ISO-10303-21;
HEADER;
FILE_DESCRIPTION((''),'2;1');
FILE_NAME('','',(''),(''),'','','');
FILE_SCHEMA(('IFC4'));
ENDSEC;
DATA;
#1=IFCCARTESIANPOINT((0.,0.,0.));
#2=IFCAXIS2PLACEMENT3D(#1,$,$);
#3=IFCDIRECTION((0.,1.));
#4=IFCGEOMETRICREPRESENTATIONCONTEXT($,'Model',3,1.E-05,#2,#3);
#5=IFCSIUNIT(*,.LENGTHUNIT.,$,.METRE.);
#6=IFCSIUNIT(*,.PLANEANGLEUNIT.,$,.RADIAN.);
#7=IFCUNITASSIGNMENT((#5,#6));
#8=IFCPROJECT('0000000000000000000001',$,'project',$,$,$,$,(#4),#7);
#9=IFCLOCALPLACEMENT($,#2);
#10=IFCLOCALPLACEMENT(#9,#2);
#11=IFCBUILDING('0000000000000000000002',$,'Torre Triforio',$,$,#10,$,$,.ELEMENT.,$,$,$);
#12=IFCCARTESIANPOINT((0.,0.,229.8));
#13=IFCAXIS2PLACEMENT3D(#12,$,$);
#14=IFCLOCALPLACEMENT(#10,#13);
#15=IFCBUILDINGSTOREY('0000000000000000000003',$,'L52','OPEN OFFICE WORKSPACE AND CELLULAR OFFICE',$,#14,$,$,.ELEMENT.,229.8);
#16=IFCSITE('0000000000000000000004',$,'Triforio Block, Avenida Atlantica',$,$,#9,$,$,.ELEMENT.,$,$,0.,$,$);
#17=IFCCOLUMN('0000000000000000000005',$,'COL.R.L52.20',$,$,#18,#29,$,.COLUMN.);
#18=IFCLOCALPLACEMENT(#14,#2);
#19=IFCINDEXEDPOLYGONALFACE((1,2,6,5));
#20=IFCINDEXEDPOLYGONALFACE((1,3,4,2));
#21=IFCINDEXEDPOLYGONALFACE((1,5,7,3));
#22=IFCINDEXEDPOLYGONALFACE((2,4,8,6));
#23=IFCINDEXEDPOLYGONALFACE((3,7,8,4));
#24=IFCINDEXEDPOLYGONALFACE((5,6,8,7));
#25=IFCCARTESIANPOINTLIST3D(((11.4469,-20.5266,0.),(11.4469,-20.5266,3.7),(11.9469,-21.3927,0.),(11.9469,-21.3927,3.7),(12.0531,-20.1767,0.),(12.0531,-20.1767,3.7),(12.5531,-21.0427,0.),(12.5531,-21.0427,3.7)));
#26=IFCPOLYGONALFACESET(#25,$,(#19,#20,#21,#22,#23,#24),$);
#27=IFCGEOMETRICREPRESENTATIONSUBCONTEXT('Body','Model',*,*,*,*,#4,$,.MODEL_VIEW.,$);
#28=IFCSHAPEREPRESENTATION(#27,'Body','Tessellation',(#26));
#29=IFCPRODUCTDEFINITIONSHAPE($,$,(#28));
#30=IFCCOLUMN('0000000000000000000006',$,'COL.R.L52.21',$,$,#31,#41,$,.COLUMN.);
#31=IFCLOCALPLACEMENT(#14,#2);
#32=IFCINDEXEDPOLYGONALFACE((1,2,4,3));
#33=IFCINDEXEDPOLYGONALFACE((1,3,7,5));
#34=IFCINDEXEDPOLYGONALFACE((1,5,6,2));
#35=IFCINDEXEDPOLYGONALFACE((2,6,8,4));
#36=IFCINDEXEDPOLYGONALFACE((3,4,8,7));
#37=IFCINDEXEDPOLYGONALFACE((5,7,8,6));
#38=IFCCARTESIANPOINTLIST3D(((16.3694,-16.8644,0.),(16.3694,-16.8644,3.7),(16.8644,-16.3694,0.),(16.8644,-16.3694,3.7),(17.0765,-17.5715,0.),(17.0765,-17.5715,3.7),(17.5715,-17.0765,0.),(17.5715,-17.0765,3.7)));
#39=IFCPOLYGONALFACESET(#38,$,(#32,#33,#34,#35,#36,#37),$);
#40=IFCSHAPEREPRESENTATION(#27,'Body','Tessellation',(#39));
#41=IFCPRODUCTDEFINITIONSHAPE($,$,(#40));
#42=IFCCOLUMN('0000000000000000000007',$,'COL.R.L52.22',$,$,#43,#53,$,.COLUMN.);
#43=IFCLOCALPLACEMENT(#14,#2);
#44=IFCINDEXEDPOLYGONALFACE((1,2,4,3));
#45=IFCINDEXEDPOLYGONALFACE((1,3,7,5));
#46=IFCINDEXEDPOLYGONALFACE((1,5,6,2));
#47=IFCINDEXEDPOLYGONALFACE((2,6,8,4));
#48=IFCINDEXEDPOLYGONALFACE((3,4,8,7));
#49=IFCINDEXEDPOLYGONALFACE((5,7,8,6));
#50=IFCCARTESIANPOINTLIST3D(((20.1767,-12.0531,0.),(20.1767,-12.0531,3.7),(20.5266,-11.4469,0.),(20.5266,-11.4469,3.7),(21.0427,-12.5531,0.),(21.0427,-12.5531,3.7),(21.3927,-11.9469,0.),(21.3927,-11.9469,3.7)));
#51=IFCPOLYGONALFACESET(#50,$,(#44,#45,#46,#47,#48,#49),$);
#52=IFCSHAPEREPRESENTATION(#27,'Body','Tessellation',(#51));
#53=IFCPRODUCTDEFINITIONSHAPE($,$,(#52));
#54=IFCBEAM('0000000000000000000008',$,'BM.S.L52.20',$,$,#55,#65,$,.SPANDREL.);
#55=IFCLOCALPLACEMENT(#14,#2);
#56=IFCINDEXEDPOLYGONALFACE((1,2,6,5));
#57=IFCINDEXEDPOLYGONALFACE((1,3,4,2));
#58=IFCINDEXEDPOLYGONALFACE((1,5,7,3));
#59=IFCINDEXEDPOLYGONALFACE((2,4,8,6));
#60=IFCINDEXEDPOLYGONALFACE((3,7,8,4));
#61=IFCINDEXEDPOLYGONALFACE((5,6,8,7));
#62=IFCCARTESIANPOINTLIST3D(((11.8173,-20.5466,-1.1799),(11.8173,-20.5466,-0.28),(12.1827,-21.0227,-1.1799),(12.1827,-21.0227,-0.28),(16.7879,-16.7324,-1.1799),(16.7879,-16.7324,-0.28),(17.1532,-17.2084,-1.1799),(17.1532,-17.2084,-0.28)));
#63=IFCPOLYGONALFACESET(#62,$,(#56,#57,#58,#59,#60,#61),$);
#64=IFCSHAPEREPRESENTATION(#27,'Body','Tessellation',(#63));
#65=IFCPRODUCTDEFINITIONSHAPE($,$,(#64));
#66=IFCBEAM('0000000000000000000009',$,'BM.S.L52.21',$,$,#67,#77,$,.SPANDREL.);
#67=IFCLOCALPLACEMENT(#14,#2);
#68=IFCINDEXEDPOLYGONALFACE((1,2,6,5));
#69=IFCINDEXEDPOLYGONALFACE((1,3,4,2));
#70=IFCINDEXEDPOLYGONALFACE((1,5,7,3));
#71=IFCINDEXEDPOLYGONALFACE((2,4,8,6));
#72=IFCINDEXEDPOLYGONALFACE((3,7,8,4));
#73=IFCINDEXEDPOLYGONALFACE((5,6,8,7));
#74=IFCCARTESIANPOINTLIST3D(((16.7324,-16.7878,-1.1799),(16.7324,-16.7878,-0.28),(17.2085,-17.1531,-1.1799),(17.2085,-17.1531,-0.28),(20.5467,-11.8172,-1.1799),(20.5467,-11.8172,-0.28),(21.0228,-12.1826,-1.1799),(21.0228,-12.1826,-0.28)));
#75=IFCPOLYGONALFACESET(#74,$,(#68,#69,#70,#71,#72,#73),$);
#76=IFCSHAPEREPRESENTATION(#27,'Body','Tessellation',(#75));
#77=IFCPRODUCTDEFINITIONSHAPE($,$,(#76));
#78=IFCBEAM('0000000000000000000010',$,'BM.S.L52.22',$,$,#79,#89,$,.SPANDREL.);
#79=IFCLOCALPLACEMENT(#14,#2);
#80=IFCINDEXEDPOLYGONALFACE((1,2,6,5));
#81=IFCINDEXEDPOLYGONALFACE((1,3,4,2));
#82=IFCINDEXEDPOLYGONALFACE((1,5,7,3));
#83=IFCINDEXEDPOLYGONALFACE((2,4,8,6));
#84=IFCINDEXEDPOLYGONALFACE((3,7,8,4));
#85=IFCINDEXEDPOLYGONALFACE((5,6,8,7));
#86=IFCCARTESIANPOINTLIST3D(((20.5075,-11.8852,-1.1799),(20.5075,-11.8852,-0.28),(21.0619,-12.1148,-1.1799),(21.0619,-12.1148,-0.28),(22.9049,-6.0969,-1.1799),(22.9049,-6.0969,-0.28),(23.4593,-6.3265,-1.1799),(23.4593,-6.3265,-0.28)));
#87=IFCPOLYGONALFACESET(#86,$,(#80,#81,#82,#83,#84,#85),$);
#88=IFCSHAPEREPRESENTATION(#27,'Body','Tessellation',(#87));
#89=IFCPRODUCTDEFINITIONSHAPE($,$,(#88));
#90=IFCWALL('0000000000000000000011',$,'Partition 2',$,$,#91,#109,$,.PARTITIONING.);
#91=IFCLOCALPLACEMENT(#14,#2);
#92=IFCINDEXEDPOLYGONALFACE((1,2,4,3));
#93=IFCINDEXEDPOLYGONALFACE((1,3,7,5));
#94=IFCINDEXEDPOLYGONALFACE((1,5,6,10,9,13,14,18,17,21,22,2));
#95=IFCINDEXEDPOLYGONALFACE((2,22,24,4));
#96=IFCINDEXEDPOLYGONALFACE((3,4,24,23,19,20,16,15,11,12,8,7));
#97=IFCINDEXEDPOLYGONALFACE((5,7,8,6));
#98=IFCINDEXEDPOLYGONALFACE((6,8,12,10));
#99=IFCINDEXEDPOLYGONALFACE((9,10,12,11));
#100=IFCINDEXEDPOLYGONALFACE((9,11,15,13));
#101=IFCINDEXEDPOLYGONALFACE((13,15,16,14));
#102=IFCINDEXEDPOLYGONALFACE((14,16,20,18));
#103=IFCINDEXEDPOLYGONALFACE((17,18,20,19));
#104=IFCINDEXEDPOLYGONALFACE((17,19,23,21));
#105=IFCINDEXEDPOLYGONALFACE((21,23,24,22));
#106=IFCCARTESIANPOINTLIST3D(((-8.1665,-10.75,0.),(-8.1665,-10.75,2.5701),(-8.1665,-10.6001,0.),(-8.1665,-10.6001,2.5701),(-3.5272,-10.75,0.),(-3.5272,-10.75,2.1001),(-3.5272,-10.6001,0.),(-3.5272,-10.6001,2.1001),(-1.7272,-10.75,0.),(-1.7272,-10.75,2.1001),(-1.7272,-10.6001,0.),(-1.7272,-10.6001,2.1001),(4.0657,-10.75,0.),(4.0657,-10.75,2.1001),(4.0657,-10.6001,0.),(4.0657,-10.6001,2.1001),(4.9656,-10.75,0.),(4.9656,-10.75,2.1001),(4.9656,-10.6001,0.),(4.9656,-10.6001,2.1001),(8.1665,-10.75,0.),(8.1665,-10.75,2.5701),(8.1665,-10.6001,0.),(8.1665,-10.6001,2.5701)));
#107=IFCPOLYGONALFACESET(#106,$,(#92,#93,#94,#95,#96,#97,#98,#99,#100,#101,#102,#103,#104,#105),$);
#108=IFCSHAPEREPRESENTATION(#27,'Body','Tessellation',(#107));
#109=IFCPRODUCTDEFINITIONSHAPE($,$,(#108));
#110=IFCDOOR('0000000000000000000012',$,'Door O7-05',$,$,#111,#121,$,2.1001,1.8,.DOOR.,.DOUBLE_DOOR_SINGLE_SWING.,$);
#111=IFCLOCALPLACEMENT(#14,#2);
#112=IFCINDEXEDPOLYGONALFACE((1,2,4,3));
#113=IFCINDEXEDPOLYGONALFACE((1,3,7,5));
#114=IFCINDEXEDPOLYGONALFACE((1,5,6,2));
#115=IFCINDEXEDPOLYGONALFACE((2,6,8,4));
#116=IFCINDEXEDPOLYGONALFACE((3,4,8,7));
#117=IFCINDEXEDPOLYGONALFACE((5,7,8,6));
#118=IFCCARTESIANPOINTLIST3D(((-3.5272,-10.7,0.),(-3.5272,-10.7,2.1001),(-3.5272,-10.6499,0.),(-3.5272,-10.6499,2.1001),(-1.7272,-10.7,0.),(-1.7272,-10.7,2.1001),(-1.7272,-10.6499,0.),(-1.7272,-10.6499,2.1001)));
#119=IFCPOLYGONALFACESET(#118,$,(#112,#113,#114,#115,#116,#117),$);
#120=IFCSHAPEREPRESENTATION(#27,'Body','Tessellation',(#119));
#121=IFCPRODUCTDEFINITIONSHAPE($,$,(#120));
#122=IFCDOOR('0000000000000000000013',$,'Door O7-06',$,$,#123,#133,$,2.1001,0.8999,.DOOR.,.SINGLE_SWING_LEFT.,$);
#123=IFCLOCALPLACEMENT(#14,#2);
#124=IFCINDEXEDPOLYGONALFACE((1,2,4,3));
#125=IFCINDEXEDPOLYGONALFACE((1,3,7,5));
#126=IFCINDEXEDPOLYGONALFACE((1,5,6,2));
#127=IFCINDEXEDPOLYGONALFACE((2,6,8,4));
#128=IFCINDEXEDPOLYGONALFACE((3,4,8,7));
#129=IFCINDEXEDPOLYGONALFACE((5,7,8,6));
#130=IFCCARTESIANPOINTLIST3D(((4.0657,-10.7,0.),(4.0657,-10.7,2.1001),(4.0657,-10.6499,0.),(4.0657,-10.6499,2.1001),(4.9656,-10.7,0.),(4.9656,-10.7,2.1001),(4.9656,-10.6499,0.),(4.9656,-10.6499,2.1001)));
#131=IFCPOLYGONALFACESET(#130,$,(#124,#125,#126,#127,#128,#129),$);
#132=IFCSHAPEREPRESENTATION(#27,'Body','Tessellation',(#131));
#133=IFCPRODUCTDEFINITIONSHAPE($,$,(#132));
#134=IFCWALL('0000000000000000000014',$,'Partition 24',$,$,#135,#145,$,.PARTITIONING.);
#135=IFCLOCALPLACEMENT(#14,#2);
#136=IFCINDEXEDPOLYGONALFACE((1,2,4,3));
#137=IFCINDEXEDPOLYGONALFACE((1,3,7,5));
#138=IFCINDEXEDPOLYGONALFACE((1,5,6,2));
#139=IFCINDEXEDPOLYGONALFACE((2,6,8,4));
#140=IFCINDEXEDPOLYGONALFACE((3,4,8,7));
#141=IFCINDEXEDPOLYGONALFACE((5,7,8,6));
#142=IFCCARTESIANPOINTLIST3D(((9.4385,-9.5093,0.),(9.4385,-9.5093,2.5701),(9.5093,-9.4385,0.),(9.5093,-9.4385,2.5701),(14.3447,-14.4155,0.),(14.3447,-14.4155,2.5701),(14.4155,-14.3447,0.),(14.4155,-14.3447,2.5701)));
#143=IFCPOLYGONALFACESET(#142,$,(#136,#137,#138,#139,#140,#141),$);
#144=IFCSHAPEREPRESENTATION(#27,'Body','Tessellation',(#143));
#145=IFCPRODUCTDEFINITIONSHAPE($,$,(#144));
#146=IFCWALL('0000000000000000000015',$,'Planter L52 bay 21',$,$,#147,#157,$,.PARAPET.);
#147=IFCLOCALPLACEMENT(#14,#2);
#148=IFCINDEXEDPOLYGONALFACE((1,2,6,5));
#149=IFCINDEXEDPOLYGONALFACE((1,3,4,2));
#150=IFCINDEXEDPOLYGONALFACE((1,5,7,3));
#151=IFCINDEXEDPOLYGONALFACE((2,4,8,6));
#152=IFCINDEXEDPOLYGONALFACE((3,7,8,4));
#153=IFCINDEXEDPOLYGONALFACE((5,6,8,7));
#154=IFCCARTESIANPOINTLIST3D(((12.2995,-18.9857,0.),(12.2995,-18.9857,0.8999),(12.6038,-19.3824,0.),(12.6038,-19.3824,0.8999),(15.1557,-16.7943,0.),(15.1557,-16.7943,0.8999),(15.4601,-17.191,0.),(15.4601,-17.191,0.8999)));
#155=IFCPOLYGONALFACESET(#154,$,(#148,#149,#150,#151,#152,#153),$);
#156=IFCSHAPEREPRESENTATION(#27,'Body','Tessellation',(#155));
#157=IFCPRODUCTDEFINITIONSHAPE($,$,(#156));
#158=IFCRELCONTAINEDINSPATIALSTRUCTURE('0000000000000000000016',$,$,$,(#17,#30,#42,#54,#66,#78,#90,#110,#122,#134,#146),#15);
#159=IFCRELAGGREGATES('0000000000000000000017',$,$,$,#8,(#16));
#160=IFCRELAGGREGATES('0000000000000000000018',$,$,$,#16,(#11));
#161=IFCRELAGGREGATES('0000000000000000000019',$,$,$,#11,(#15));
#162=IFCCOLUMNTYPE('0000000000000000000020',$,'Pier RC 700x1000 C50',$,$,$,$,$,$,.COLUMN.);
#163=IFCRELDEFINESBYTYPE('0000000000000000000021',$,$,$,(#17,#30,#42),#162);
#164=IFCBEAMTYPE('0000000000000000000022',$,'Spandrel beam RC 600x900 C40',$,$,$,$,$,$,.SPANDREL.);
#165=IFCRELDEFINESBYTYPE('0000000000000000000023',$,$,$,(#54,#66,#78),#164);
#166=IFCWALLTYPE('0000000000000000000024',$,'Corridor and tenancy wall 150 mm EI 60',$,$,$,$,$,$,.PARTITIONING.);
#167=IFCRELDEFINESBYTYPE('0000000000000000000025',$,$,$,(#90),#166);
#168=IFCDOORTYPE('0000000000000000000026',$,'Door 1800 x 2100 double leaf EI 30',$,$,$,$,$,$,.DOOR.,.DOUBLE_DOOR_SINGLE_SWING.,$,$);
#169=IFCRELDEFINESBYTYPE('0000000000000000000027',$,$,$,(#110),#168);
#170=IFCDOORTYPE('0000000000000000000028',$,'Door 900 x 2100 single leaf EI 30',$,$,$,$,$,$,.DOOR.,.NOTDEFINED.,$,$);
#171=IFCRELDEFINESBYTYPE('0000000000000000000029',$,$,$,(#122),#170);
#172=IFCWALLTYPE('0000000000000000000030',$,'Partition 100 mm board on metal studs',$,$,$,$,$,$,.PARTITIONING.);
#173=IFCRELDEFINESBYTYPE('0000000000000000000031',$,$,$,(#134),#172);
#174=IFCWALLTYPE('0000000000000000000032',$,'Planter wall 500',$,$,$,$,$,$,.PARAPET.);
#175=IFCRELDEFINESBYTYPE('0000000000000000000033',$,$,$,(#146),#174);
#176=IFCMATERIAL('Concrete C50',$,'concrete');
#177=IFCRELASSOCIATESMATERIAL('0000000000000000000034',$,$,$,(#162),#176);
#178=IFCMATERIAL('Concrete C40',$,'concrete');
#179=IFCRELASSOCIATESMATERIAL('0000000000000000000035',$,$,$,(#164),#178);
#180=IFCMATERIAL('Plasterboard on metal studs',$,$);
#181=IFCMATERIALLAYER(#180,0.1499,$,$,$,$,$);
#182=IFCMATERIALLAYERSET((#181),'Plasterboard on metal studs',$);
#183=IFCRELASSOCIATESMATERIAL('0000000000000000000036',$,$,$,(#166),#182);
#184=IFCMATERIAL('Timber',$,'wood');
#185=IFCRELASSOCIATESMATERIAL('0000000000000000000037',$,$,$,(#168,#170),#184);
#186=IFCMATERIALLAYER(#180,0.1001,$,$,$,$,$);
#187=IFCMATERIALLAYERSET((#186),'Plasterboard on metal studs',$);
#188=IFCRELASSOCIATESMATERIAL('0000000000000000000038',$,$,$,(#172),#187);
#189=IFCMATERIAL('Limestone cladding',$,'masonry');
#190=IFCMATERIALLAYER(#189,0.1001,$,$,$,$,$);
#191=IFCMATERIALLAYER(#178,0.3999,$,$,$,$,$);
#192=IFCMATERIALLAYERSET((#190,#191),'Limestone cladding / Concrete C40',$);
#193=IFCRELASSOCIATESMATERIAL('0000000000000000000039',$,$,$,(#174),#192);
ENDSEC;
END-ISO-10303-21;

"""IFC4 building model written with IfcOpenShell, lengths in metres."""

from ifc_helpers import new_model, si_unit, direction, frame, frame_2d, origin, origin_2d, place, context, subcontext, project, spatial, rectangle, extrude, material, layer, layer_set, material_profile, profile_set, type_object, element, fill, save


model = new_model("IFC4")

# Units and contexts
model_context = context("Model", 3, precision=1e-05, world=origin(), true_north=direction((0.0, 1.0)))
body_context = subcontext(model_context, "Body", "Model", "MODEL_VIEW")
ifc_project = project(units=[si_unit("LENGTHUNIT", "METRE"), si_unit("PLANEANGLEUNIT", "RADIAN")], contexts=[model_context])

# Site, building, storey
site_placement = place(None, origin())
site = spatial("IfcSite", under=ifc_project, at=site_placement, Name="Triforio Block, Avenida Atlantica", CompositionType="ELEMENT", RefElevation=0.0)
building_placement = place(site_placement, origin())
building = spatial("IfcBuilding", under=site, at=building_placement, Name="Torre Triforio", CompositionType="ELEMENT")
storey_placement = place(building_placement, frame((0.0, 0.0, 229.8)))
storey = spatial("IfcBuildingStorey", under=building, at=storey_placement, Name="L52", Description="OPEN OFFICE WORKSPACE AND CELLULAR OFFICE", CompositionType="ELEMENT", Elevation=229.8)

# Columns
ifc_material_1 = material(Name="Concrete C50", Category="concrete")
ifc_material_profile_1 = material_profile(ifc_material_1, rectangle(XDim=0.7, YDim=1.0, at=origin_2d()), Name="RC 700x1000")
ifc_profile_set_1 = profile_set([ifc_material_profile_1], Name="Concrete C50")
column_type = type_object("IfcColumnType", Name="Pier RC 700x1000 C50", PredefinedType="COLUMN", material=ifc_profile_set_1)
for number, where, z_axis, x_axis, name in (
    (1, (12.0, -20.7847, 0.0), (0.0, 0.0, 1.0), (0.866025, 0.5, 0.0), "COL.R.L52.20"),
    (2, (16.9705, -16.9705, 0.0), (0.0, 0.0, 1.0), (0.707107, 0.707107, 0.0), "COL.R.L52.21"),
    (3, (20.7847, -12.0, 0.0), (0.0, 0.0, 1.0), (0.5, 0.866025, 0.0), "COL.R.L52.22"),
):
    element("IfcColumn", number, at=place(storey_placement, frame(where, z_axis=z_axis, x_axis=x_axis)), inside=storey, type_object=column_type, Name=name, PredefinedType="COLUMN", context=body_context, shape_type="SweptSolid", body=[
        extrude(rectangle(XDim=0.7, YDim=1.0, at=origin_2d()), origin(), (0.0, 0.0, 1.0), 3.7),
    ])

# Beams
ifc_material_2 = material(Name="Concrete C40", Category="concrete")
ifc_material_profile_2 = material_profile(ifc_material_2, rectangle(XDim=0.6001, YDim=0.8999, at=origin_2d()), Name="RC 600x900")
ifc_profile_set_2 = profile_set([ifc_material_profile_2], Name="Concrete C40")
beam_type = type_object("IfcBeamType", Name="Spandrel beam RC 600x900 C40", PredefinedType="SPANDREL", material=ifc_profile_set_2)
for number, where, z_axis, x_axis, name in (
    (4, (12.0, -20.7847, -0.73), (0.793335, 0.608786, 0.0), (-0.608786, 0.793335, 0.0), "BM.S.L52.20"),
    (5, (16.9705, -16.9705, -0.73), (0.608786, 0.793335, 0.0), (-0.793335, 0.608786, 0.0), "BM.S.L52.21"),
):
    element("IfcBeam", number, at=place(storey_placement, frame(where, z_axis=z_axis, x_axis=x_axis)), inside=storey, type_object=beam_type, Name=name, PredefinedType="SPANDREL", context=body_context, shape_type="SweptSolid", body=[
        extrude(rectangle(XDim=0.6001, YDim=0.8999, at=origin_2d()), origin(), (0.0, 0.0, 1.0), 6.2654),
    ])
beam_placement = place(storey_placement, frame((20.7847, -12.0, -0.73), z_axis=(0.382664, 0.923888, 0.0), x_axis=(-0.923888, 0.382664, 0.0)))
element("IfcBeam", 6, at=beam_placement, inside=storey, type_object=beam_type, Name="BM.S.L52.22", PredefinedType="SPANDREL", context=body_context, shape_type="SweptSolid", body=[
    extrude(rectangle(XDim=0.6001, YDim=0.8999, at=origin_2d()), origin(), (0.0, 0.0, 1.0), 6.2651),
])

# Wall, openings, doors
ifc_material_3 = material(Name="Plasterboard on metal studs")
ifc_layer_1 = layer(ifc_material_3, 0.1499)
ifc_layer_set_1 = layer_set([ifc_layer_1], Name="Plasterboard on metal studs")
wall_type_1 = type_object("IfcWallType", Name="Corridor and tenancy wall 150 mm EI 60", PredefinedType="PARTITIONING", material=ifc_layer_set_1)
wall_1_placement = place(storey_placement, frame((8.1665, -10.675, 0.0), z_axis=(0.0, 0.0, 1.0), x_axis=(-1.0, 0.0, 0.0)))
wall_1 = element("IfcWall", 7, at=wall_1_placement, inside=storey, type_object=wall_type_1, Name="Partition 2", PredefinedType="PARTITIONING", context=body_context, shape_type="SweptSolid", body=[
    extrude(rectangle(XDim=16.333, YDim=0.1499, at=frame_2d((8.1665, 0.0))), origin(), (0.0, 0.0, 1.0), 2.5701),
])
opening_1_placement = place(wall_1_placement, frame((9.8938, 0.0, 0.0)))
opening_1 = element("IfcOpeningElement", 8, at=opening_1_placement, cuts=wall_1, PredefinedType="OPENING", context=body_context, shape_type="SweptSolid", body=[
    extrude(rectangle(XDim=1.8, YDim=2.1001, at=frame_2d((0.8999, 1.05))), frame((0.0, 0.085, 0.0), z_axis=(0.0, -1.0, 0.0), x_axis=(1.0, 0.0, 0.0)), (0.0, 0.0, 1.0), 0.1699),
])
opening_2_placement = place(wall_1_placement, frame((3.2009, 0.0, 0.0)))
opening_2 = element("IfcOpeningElement", 9, at=opening_2_placement, cuts=wall_1, PredefinedType="OPENING", context=body_context, shape_type="SweptSolid", body=[
    extrude(rectangle(XDim=0.8999, YDim=2.1001, at=frame_2d((0.45, 1.05))), frame((0.0, 0.085, 0.0), z_axis=(0.0, -1.0, 0.0), x_axis=(1.0, 0.0, 0.0)), (0.0, 0.0, 1.0), 0.1699),
])
ifc_material_4 = material(Name="Timber", Category="wood")
door_type_1 = type_object("IfcDoorType", Name="Door 1800 x 2100 double leaf EI 30", OperationType="DOUBLE_DOOR_SINGLE_SWING", PredefinedType="DOOR", material=ifc_material_4)
door_1_placement = place(opening_1_placement, origin())
door_1 = element("IfcDoor", 10, at=door_1_placement, inside=storey, type_object=door_type_1, Name="Door O7-05", OperationType="DOUBLE_DOOR_SINGLE_SWING", OverallHeight=2.1001, OverallWidth=1.8, PredefinedType="DOOR", context=body_context, shape_type="SweptSolid", body=[
    extrude(rectangle(XDim=1.8, YDim=2.1001, at=frame_2d((0.8999, 1.05))), frame((0.0, 0.0249, 0.0), z_axis=(0.0, -1.0, 0.0), x_axis=(1.0, 0.0, 0.0)), (0.0, 0.0, 1.0), 0.05),
])
fill(opening_1, door_1)
door_type_2 = type_object("IfcDoorType", Name="Door 900 x 2100 single leaf EI 30", OperationType="NOTDEFINED", PredefinedType="DOOR", material=ifc_material_4)
door_2_placement = place(opening_2_placement, origin())
door_2 = element("IfcDoor", 11, at=door_2_placement, inside=storey, type_object=door_type_2, Name="Door O7-06", OperationType="SINGLE_SWING_LEFT", OverallHeight=2.1001, OverallWidth=0.8999, PredefinedType="DOOR", context=body_context, shape_type="SweptSolid", body=[
    extrude(rectangle(XDim=0.8999, YDim=2.1001, at=frame_2d((0.45, 1.05))), frame((0.0, 0.0249, 0.0), z_axis=(0.0, -1.0, 0.0), x_axis=(1.0, 0.0, 0.0)), (0.0, 0.0, 1.0), 0.05),
])
fill(opening_2, door_2)

# Walls
ifc_layer_2 = layer(ifc_material_3, 0.1001)
ifc_layer_set_2 = layer_set([ifc_layer_2], Name="Plasterboard on metal studs")
wall_type_2 = type_object("IfcWallType", Name="Partition 100 mm board on metal studs", PredefinedType="PARTITIONING", material=ifc_layer_set_2)
wall_2_placement = place(storey_placement, frame((9.4739, -9.4739, 0.0), z_axis=(0.0, 0.0, 1.0), x_axis=(0.707107, -0.707107, 0.0)))
element("IfcWall", 12, at=wall_2_placement, inside=storey, type_object=wall_type_2, Name="Partition 24", PredefinedType="PARTITIONING", context=body_context, shape_type="SweptSolid", body=[
    extrude(rectangle(XDim=6.9385, YDim=0.1001, at=frame_2d((3.4692, 0.0))), origin(), (0.0, 0.0, 1.0), 2.5701),
])
ifc_material_5 = material(Name="Limestone cladding", Category="masonry")
ifc_layer_3 = layer(ifc_material_5, 0.1001)
ifc_layer_4 = layer(ifc_material_2, 0.3999)
ifc_layer_set_3 = layer_set([ifc_layer_3, ifc_layer_4], Name="Limestone cladding / Concrete C40")
wall_type_3 = type_object("IfcWallType", Name="Planter wall 500", PredefinedType="PARAPET", material=ifc_layer_set_3)
wall_3_placement = place(storey_placement, frame((12.4517, -19.1841, 0.0), z_axis=(0.0, 0.0, 1.0), x_axis=(0.793385, 0.608721, 0.0)))
element("IfcWall", 13, at=wall_3_placement, inside=storey, type_object=wall_type_3, Name="Planter L52 bay 21", PredefinedType="PARAPET", context=body_context, shape_type="SweptSolid", body=[
    extrude(rectangle(XDim=3.6001, YDim=0.5, at=frame_2d((1.8, 0.0))), origin(), (0.0, 0.0, 1.0), 0.8999),
])

save(model, "model.ifc")
